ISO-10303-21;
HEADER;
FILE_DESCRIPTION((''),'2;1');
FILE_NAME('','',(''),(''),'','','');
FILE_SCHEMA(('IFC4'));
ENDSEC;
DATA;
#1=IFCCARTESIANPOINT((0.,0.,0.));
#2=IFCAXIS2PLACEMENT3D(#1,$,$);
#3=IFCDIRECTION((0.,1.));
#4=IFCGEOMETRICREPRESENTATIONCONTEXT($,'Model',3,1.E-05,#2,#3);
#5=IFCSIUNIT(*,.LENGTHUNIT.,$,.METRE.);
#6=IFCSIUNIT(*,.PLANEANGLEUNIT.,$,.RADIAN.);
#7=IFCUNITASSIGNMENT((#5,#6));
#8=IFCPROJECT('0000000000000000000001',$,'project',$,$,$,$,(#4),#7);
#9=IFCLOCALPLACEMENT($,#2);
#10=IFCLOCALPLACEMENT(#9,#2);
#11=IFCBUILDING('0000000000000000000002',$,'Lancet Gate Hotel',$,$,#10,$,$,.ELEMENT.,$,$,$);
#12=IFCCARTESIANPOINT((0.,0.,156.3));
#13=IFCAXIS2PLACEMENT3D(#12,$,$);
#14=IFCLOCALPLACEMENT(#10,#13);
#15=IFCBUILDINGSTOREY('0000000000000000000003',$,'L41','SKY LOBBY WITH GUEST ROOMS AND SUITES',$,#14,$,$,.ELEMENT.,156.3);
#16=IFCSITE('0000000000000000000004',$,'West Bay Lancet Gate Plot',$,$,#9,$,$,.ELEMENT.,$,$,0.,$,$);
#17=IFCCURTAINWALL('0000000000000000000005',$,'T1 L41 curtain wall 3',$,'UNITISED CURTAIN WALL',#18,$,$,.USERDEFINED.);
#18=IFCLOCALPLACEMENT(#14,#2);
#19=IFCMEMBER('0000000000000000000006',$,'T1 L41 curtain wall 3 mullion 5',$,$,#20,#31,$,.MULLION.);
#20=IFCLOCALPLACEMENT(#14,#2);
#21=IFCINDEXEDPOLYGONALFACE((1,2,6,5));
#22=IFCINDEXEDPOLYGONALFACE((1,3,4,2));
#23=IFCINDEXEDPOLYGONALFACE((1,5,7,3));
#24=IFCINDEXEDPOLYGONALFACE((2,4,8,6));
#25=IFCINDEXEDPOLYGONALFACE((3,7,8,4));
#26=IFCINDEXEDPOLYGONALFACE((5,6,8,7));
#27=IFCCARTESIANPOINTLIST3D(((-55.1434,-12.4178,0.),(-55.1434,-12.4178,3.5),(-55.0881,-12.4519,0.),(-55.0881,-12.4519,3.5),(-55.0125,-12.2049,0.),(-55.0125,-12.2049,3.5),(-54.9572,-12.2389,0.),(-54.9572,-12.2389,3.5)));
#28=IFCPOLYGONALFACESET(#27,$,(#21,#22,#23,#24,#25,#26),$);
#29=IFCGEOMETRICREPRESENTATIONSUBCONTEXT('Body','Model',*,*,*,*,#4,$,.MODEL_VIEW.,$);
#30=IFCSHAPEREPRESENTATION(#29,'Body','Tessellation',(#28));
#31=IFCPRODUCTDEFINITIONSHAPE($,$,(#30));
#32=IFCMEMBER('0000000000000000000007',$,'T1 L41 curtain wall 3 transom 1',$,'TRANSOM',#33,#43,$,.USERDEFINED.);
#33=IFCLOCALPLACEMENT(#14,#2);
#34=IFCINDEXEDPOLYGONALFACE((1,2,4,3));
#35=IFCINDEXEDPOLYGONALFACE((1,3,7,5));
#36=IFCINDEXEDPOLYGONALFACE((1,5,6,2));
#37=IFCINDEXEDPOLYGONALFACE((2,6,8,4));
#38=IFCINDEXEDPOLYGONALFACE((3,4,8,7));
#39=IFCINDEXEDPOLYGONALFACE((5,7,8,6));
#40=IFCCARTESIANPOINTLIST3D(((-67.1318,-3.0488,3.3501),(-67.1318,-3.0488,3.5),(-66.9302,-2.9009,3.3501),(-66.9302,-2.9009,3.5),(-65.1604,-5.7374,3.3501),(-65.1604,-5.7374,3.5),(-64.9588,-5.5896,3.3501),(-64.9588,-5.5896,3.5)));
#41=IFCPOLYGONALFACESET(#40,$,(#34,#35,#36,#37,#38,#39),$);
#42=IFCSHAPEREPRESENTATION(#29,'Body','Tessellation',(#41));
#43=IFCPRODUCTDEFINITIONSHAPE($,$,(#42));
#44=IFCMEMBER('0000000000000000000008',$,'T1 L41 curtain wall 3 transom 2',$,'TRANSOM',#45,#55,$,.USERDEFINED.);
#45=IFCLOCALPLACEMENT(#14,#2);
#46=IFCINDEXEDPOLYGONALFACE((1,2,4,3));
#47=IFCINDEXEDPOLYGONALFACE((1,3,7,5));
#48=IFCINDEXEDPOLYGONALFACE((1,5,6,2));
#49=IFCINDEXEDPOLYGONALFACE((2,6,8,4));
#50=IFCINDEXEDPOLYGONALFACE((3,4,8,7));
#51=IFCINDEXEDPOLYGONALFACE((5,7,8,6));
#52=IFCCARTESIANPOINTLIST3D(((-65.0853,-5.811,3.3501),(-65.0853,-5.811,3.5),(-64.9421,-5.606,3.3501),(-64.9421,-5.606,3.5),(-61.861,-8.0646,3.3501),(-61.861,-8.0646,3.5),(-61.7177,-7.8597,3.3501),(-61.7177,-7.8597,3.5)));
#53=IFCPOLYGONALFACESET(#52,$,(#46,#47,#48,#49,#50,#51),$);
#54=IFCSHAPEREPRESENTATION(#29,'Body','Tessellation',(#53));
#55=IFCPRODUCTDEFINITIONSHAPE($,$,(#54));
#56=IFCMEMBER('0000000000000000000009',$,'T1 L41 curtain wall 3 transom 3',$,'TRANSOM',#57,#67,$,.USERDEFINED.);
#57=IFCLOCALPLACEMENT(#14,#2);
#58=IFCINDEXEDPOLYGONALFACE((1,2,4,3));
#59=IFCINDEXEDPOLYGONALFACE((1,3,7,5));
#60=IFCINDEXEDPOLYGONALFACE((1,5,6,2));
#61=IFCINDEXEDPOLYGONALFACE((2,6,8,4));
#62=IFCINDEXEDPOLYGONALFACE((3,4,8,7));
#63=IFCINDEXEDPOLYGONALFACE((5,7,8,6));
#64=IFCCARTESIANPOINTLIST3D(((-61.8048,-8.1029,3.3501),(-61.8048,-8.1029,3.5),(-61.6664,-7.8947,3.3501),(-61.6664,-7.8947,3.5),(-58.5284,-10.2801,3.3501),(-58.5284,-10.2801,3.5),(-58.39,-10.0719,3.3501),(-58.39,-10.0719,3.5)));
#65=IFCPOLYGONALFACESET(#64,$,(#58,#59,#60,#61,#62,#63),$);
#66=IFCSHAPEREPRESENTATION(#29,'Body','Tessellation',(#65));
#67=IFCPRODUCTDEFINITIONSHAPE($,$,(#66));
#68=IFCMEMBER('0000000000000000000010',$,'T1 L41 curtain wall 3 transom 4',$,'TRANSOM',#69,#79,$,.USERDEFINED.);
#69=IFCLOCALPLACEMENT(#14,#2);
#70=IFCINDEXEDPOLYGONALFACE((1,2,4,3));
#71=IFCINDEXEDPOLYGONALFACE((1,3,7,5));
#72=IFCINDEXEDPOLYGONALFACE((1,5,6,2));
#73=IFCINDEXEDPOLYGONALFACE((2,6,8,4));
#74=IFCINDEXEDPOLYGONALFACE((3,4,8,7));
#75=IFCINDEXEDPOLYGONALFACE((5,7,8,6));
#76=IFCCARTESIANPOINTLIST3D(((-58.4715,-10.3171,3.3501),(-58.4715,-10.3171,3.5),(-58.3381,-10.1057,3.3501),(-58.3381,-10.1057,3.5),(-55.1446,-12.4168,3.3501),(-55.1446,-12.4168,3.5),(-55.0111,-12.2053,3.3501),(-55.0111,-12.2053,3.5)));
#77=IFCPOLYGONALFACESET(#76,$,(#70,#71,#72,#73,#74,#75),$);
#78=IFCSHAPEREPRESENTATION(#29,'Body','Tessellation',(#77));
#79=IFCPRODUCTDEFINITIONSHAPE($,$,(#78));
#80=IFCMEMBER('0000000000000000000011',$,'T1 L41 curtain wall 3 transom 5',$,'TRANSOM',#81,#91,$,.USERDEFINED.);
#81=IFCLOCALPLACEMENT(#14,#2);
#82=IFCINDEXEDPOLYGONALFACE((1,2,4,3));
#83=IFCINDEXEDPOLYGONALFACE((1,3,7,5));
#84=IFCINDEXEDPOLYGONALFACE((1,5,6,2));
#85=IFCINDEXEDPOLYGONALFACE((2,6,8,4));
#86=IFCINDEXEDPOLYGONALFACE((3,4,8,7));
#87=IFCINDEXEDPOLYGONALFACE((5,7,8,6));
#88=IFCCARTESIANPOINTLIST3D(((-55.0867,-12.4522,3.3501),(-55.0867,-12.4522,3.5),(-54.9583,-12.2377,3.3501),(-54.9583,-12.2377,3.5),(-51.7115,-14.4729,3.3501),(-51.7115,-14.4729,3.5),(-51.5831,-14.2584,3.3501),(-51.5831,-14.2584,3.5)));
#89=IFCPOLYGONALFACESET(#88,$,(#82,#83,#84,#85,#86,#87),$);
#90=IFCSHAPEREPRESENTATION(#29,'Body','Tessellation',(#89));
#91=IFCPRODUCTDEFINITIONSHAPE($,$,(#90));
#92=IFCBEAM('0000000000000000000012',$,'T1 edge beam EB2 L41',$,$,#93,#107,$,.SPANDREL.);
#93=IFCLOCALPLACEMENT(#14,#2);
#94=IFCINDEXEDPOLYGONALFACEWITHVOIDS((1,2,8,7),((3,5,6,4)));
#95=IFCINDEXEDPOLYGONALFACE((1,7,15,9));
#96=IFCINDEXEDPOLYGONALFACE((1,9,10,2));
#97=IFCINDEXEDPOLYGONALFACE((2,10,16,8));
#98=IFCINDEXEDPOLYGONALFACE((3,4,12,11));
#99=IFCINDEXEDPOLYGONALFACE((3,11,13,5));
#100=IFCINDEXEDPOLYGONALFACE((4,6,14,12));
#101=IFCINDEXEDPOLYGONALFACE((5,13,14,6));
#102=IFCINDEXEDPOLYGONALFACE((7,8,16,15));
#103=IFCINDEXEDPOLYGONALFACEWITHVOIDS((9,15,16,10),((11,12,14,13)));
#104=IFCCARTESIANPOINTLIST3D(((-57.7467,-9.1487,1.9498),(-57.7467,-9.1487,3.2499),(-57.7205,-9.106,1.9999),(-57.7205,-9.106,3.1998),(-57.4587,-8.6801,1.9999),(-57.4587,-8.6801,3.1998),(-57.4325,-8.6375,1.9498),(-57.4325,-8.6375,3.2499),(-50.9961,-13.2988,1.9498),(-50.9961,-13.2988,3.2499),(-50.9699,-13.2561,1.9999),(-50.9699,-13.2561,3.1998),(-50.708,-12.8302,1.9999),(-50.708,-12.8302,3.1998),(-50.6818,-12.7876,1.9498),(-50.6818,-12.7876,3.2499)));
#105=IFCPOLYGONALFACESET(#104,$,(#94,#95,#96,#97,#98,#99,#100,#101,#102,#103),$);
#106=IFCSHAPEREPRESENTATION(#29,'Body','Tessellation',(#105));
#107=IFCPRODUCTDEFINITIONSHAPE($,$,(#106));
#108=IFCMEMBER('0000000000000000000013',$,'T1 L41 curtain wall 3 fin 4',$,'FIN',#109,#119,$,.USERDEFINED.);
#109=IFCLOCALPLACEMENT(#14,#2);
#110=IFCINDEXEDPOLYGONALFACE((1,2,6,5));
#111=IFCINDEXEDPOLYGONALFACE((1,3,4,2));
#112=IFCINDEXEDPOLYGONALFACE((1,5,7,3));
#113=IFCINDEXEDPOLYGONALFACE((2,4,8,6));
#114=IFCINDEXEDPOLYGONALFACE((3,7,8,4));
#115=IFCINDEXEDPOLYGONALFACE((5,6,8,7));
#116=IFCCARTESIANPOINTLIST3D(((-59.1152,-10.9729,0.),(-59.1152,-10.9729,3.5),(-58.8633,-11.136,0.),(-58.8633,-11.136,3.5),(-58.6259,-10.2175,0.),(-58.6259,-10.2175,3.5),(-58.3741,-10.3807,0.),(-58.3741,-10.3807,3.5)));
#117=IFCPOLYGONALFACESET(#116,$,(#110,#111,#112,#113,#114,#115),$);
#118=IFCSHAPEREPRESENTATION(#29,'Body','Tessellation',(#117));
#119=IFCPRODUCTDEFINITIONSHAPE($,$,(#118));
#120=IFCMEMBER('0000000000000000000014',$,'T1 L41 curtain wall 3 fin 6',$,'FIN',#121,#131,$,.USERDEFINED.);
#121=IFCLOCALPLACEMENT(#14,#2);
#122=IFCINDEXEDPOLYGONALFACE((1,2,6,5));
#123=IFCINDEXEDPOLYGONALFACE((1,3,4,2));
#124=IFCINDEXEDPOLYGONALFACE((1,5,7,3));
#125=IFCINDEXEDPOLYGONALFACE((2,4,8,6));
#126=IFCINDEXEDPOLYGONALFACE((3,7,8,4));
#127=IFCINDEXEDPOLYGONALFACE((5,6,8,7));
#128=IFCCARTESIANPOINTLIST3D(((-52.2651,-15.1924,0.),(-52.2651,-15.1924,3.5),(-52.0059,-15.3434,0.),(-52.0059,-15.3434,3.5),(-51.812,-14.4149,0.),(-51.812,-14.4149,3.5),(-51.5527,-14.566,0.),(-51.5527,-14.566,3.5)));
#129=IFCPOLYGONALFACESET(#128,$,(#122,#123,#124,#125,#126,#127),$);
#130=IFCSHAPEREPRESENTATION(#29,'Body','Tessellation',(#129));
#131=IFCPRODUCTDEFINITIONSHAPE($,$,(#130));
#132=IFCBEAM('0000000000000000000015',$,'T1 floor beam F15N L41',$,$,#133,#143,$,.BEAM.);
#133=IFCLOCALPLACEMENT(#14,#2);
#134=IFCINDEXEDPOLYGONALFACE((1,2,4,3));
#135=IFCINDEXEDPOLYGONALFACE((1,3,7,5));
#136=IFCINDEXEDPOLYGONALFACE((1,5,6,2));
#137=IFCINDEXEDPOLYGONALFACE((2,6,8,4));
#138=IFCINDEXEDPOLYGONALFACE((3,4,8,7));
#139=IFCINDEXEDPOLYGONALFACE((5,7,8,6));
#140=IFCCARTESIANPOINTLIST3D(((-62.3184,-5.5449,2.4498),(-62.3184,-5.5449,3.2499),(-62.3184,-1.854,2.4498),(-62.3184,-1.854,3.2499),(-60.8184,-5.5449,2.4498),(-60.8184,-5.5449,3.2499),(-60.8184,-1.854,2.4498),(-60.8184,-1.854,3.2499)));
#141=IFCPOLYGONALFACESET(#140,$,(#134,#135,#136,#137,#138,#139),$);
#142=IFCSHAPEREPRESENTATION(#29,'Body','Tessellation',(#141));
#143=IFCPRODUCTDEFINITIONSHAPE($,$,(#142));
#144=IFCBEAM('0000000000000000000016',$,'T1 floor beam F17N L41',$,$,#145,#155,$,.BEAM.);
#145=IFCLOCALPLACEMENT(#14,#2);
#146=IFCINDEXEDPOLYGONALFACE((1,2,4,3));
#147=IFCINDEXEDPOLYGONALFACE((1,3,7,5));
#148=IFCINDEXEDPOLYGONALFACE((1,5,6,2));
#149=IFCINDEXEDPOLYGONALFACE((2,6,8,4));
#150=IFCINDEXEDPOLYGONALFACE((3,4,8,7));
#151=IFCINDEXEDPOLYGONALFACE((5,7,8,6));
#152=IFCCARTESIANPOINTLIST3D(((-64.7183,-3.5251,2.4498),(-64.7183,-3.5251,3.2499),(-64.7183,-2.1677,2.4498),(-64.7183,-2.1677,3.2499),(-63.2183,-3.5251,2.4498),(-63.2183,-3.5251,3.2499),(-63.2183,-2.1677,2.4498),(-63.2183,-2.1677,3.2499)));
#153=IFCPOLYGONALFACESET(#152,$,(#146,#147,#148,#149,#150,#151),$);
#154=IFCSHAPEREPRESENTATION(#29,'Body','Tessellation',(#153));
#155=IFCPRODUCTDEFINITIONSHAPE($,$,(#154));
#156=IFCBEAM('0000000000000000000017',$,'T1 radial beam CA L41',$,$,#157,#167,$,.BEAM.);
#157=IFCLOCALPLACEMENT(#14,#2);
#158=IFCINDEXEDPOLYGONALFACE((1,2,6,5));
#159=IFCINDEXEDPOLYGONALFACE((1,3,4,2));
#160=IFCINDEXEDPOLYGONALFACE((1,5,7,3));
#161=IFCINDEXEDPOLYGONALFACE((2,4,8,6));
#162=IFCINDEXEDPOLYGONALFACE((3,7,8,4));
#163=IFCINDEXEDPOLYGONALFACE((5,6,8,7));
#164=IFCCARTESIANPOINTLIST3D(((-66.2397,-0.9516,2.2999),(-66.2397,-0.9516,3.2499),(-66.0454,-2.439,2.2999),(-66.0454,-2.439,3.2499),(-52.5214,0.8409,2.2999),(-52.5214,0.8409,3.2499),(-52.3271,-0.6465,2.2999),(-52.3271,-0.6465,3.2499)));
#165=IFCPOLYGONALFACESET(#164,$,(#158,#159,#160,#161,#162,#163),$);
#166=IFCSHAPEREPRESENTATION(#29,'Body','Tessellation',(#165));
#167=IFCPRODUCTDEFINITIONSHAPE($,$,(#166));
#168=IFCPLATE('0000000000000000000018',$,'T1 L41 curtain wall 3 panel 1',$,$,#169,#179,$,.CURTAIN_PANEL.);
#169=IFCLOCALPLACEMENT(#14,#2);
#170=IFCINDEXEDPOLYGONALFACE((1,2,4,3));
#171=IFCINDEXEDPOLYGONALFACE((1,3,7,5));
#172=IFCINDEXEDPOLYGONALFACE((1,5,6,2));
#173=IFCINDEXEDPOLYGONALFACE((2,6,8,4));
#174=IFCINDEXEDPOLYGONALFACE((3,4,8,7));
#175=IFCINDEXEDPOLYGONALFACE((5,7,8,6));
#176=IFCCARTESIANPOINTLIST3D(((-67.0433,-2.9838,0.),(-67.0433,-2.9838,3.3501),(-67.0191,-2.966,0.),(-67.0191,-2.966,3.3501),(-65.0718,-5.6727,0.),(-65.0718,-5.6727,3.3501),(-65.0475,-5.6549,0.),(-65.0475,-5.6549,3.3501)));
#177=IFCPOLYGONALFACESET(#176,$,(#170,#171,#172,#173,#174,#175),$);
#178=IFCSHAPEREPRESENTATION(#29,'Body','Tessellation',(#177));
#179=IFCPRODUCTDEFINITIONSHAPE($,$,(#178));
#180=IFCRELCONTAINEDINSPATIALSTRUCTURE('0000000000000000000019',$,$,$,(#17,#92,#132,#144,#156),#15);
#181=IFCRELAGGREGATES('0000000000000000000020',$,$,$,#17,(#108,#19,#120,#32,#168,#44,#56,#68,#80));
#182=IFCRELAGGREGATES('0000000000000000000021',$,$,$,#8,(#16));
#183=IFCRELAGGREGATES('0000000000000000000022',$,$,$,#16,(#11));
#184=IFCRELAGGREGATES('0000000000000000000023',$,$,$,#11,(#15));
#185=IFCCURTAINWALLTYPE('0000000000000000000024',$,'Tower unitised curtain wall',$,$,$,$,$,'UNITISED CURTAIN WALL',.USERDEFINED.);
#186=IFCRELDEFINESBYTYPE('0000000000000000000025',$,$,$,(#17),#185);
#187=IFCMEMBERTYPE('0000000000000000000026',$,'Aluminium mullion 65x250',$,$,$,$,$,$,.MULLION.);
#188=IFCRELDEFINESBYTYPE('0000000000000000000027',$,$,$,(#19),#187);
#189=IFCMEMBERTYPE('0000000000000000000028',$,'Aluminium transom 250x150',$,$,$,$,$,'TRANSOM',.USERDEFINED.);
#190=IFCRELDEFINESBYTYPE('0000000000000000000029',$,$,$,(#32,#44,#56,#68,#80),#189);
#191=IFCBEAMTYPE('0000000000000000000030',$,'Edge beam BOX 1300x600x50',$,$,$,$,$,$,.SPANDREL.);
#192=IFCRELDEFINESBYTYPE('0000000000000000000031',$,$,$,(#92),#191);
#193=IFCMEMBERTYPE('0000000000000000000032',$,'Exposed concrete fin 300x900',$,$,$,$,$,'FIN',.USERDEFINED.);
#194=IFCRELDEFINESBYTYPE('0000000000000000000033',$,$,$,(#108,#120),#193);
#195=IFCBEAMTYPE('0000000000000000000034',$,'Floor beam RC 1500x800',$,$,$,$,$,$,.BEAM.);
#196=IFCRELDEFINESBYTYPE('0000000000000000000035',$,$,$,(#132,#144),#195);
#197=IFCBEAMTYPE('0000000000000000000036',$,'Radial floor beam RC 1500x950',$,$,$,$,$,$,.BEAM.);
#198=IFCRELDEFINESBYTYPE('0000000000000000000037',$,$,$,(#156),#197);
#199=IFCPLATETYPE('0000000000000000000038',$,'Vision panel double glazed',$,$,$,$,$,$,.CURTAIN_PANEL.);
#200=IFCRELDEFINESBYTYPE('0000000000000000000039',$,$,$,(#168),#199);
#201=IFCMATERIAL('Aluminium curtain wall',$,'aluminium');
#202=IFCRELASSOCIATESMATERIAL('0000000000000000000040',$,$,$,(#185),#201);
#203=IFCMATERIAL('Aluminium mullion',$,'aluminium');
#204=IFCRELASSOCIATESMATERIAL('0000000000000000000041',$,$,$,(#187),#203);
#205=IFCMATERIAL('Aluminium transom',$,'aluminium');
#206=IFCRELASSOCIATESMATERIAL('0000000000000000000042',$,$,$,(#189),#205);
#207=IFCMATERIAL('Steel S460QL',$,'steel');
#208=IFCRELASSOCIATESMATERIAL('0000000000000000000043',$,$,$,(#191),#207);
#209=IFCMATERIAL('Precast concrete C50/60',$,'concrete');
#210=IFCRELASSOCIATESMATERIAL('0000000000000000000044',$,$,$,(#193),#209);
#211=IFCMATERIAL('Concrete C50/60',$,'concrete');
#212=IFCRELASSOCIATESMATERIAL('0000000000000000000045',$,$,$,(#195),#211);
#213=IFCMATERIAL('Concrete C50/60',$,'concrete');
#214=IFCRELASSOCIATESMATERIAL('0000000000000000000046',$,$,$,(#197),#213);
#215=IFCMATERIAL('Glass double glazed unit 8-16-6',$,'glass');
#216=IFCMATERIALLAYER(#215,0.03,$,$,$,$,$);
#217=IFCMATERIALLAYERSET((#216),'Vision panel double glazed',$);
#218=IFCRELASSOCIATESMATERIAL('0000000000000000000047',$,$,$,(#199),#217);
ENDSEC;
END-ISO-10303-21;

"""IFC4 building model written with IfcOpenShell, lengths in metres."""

from ifc_helpers import new_model, si_unit, direction, frame, origin, origin_2d, place, context, subcontext, project, spatial, rectangle, hollow_rectangle, extrude, material, layer, layer_set, material_profile, profile_set, type_object, element, aggregate, save


model = new_model("IFC4")

# Units and contexts
model_context = context("Model", 3, precision=1e-05, world=origin(), true_north=direction((0.0, 1.0)))
body_context = subcontext(model_context, "Body", "Model", "MODEL_VIEW")
ifc_project = project(units=[si_unit("LENGTHUNIT", "METRE"), si_unit("PLANEANGLEUNIT", "RADIAN")], contexts=[model_context])

# Site, building, storey
site_placement = place(None, origin())
site = spatial("IfcSite", under=ifc_project, at=site_placement, Name="West Bay Lancet Gate Plot", CompositionType="ELEMENT", RefElevation=0.0)
building_placement = place(site_placement, origin())
building = spatial("IfcBuilding", under=site, at=building_placement, Name="Lancet Gate Hotel", CompositionType="ELEMENT")
storey_placement = place(building_placement, frame((0.0, 0.0, 156.3)))
storey = spatial("IfcBuildingStorey", under=building, at=storey_placement, Name="L41", Description="SKY LOBBY WITH GUEST ROOMS AND SUITES", CompositionType="ELEMENT", Elevation=156.3)

# Curtain wall, members
ifc_material_1 = material(Name="Aluminium curtain wall", Category="aluminium")
curtain_wall_type = type_object("IfcCurtainWallType", Name="Tower unitised curtain wall", ElementType="UNITISED CURTAIN WALL", PredefinedType="USERDEFINED", material=ifc_material_1)
curtain_wall_placement = place(storey_placement, origin())
curtain_wall = element("IfcCurtainWall", 1, at=curtain_wall_placement, inside=storey, type_object=curtain_wall_type, Name="T1 L41 curtain wall 3", ObjectType="UNITISED CURTAIN WALL", PredefinedType="USERDEFINED")
ifc_material_2 = material(Name="Aluminium mullion", Category="aluminium")
ifc_material_profile_1 = material_profile(ifc_material_2, rectangle(XDim=0.0649, YDim=0.25, at=origin_2d()), Name="MULLION 65x250")
ifc_profile_set_1 = profile_set([ifc_material_profile_1], Name="Aluminium mullion")
member_type_1 = type_object("IfcMemberType", Name="Aluminium mullion 65x250", PredefinedType="MULLION", material=ifc_profile_set_1)
member_1_placement = place(storey_placement, frame((-55.0503, -12.3284, 0.0), z_axis=(0.0, 0.0, 1.0), x_axis=(0.851886, -0.523728, 0.0)))
member_1 = element("IfcMember", 2, at=member_1_placement, type_object=member_type_1, Name="T1 L41 curtain wall 3 mullion 5", PredefinedType="MULLION", context=body_context, shape_type="SweptSolid", body=[
    extrude(rectangle(XDim=0.0649, YDim=0.25, at=origin_2d()), origin(), (0.0, 0.0, 1.0), 3.5),
])
ifc_material_3 = material(Name="Aluminium transom", Category="aluminium")
ifc_material_profile_2 = material_profile(ifc_material_3, rectangle(XDim=0.25, YDim=0.1499, at=origin_2d()), Name="TRANSOM 250x150")
ifc_profile_set_2 = profile_set([ifc_material_profile_2], Name="Aluminium transom")
member_type_2 = type_object("IfcMemberType", Name="Aluminium transom 250x150", ElementType="TRANSOM", PredefinedType="USERDEFINED", material=ifc_profile_set_2)
member_2_placement = place(storey_placement, frame((-67.031, -2.9749, 3.425), z_axis=(0.591307, -0.806447, 0.0), x_axis=(0.806447, 0.591307, 0.0)))
member_2 = element("IfcMember", 3, at=member_2_placement, type_object=member_type_2, Name="T1 L41 curtain wall 3 transom 1", ObjectType="TRANSOM", PredefinedType="USERDEFINED", context=body_context, shape_type="SweptSolid", body=[
    extrude(rectangle(XDim=0.25, YDim=0.1499, at=origin_2d()), origin(), (0.0, 0.0, 1.0), 3.334),
])
member_3_placement = place(storey_placement, frame((-65.0137, -5.7085, 3.425), z_axis=(0.819637, -0.572883, 0.0), x_axis=(0.572883, 0.819637, 0.0)))
member_3 = element("IfcMember", 4, at=member_3_placement, type_object=member_type_2, Name="T1 L41 curtain wall 3 transom 2", ObjectType="TRANSOM", PredefinedType="USERDEFINED", context=body_context, shape_type="SweptSolid", body=[
    extrude(rectangle(XDim=0.25, YDim=0.1499, at=origin_2d()), origin(), (0.0, 0.0, 1.0), 3.9338),
])
member_4_placement = place(storey_placement, frame((-61.7356, -7.9988, 3.425), z_axis=(0.832871, -0.553468, 0.0), x_axis=(0.553468, 0.832871, 0.0)))
member_4 = element("IfcMember", 5, at=member_4_placement, type_object=member_type_2, Name="T1 L41 curtain wall 3 transom 3", ObjectType="TRANSOM", PredefinedType="USERDEFINED", context=body_context, shape_type="SweptSolid", body=[
    extrude(rectangle(XDim=0.25, YDim=0.1499, at=origin_2d()), origin(), (0.0, 0.0, 1.0), 3.9338),
])
member_5_placement = place(storey_placement, frame((-58.4048, -10.2114, 3.425), z_axis=(0.845672, -0.533703, 0.0), x_axis=(0.533703, 0.845672, 0.0)))
member_5 = element("IfcMember", 6, at=member_5_placement, type_object=member_type_2, Name="T1 L41 curtain wall 3 transom 4", ObjectType="TRANSOM", PredefinedType="USERDEFINED", context=body_context, shape_type="SweptSolid", body=[
    extrude(rectangle(XDim=0.25, YDim=0.1499, at=origin_2d()), origin(), (0.0, 0.0, 1.0), 3.9341),
])
member_6_placement = place(storey_placement, frame((-55.0225, -12.345, 3.425), z_axis=(0.857985, -0.513674, 0.0), x_axis=(0.513674, 0.857985, 0.0)))
member_6 = element("IfcMember", 7, at=member_6_placement, type_object=member_type_2, Name="T1 L41 curtain wall 3 transom 5", ObjectType="TRANSOM", PredefinedType="USERDEFINED", context=body_context, shape_type="SweptSolid", body=[
    extrude(rectangle(XDim=0.25, YDim=0.1499, at=origin_2d()), origin(), (0.0, 0.0, 1.0), 3.9338),
])

# Beam
ifc_material_4 = material(Name="Steel S460QL", Category="steel")
ifc_material_profile_3 = material_profile(ifc_material_4, hollow_rectangle(XDim=0.6001, YDim=1.3, WallThickness=0.05, at=origin_2d()), Name="BOX 1300x600x50")
ifc_profile_set_3 = profile_set([ifc_material_profile_3], Name="Steel S460QL")
beam_type_1 = type_object("IfcBeamType", Name="Edge beam BOX 1300x600x50", PredefinedType="SPANDREL", material=ifc_profile_set_3)
beam_1_placement = place(storey_placement, frame((-57.5896, -8.8931, 2.5999), z_axis=(0.851892, -0.523717, 0.0), x_axis=(0.523717, 0.851892, 0.0)))
element("IfcBeam", 8, at=beam_1_placement, inside=storey, type_object=beam_type_1, Name="T1 edge beam EB2 L41", PredefinedType="SPANDREL", context=body_context, shape_type="SweptSolid", body=[
    extrude(hollow_rectangle(XDim=0.6001, YDim=1.3, WallThickness=0.05, at=origin_2d()), origin(), (0.0, 0.0, 1.0), 7.9243),
])

# Members
ifc_material_5 = material(Name="Precast concrete C50/60", Category="concrete")
ifc_material_profile_4 = material_profile(ifc_material_5, rectangle(XDim=0.3, YDim=0.8999, at=origin_2d()), Name="FIN 300x900")
ifc_profile_set_4 = profile_set([ifc_material_profile_4], Name="Precast concrete C50/60")
member_type_3 = type_object("IfcMemberType", Name="Exposed concrete fin 300x900", ElementType="FIN", PredefinedType="USERDEFINED", material=ifc_profile_set_4)
member_7_placement = place(storey_placement, frame((-58.7446, -10.6768, 0.0), z_axis=(0.0, 0.0, 1.0), x_axis=(0.839331, -0.543621, 0.0)))
member_7 = element("IfcMember", 9, at=member_7_placement, type_object=member_type_3, Name="T1 L41 curtain wall 3 fin 4", ObjectType="FIN", PredefinedType="USERDEFINED", context=body_context, shape_type="SweptSolid", body=[
    extrude(rectangle(XDim=0.3, YDim=0.8999, at=origin_2d()), origin(), (0.0, 0.0, 1.0), 3.5),
])
member_8_placement = place(storey_placement, frame((-51.9089, -14.8792, 0.0), z_axis=(0.0, 0.0, 1.0), x_axis=(0.863969, -0.503545, 0.0)))
member_8 = element("IfcMember", 10, at=member_8_placement, type_object=member_type_3, Name="T1 L41 curtain wall 3 fin 6", ObjectType="FIN", PredefinedType="USERDEFINED", context=body_context, shape_type="SweptSolid", body=[
    extrude(rectangle(XDim=0.3, YDim=0.8999, at=origin_2d()), origin(), (0.0, 0.0, 1.0), 3.5),
])

# Beams
ifc_material_6 = material(Name="Concrete C50/60", Category="concrete")
ifc_material_profile_5 = material_profile(ifc_material_6, rectangle(XDim=1.5, YDim=0.8, at=origin_2d()), Name="RC 1500x800")
ifc_profile_set_5 = profile_set([ifc_material_profile_5], Name="Concrete C50/60")
beam_type_2 = type_object("IfcBeamType", Name="Floor beam RC 1500x800", PredefinedType="BEAM", material=ifc_profile_set_5)
beam_2_placement = place(storey_placement, frame((-61.5684, -1.854, 2.8499), z_axis=(0.0, -1.0, 0.0), x_axis=(1.0, 0.0, 0.0)))
element("IfcBeam", 11, at=beam_2_placement, inside=storey, type_object=beam_type_2, Name="T1 floor beam F15N L41", PredefinedType="BEAM", context=body_context, shape_type="SweptSolid", body=[
    extrude(rectangle(XDim=1.5, YDim=0.8, at=origin_2d()), origin(), (0.0, 0.0, 1.0), 3.6909),
])
beam_3_placement = place(storey_placement, frame((-63.9683, -2.1677, 2.8499), z_axis=(0.0, -1.0, 0.0), x_axis=(1.0, 0.0, 0.0)))
element("IfcBeam", 12, at=beam_3_placement, inside=storey, type_object=beam_type_2, Name="T1 floor beam F17N L41", PredefinedType="BEAM", context=body_context, shape_type="SweptSolid", body=[
    extrude(rectangle(XDim=1.5, YDim=0.8, at=origin_2d()), origin(), (0.0, 0.0, 1.0), 1.3574),
])
ifc_material_7 = material(Name="Concrete C50/60", Category="concrete")
ifc_material_profile_6 = material_profile(ifc_material_7, rectangle(XDim=1.5, YDim=0.95, at=origin_2d()), Name="RC 1500x950")
ifc_profile_set_6 = profile_set([ifc_material_profile_6], Name="Concrete C50/60")
beam_type_3 = type_object("IfcBeamType", Name="Radial floor beam RC 1500x950", PredefinedType="BEAM", material=ifc_profile_set_6)
beam_4_placement = place(storey_placement, frame((-66.1426, -1.6953, 2.7749), z_axis=(0.991571, 0.129562, 0.0), x_axis=(-0.129562, 0.991571, 0.0)))
element("IfcBeam", 13, at=beam_4_placement, inside=storey, type_object=beam_type_3, Name="T1 radial beam CA L41", PredefinedType="BEAM", context=body_context, shape_type="SweptSolid", body=[
    extrude(rectangle(XDim=1.5, YDim=0.95, at=origin_2d()), origin(), (0.0, 0.0, 1.0), 13.835),
])

# Plate
ifc_material_8 = material(Name="Glass double glazed unit 8-16-6", Category="glass")
ifc_layer_1 = layer(ifc_material_8, 0.03)
ifc_layer_set_1 = layer_set([ifc_layer_1], Name="Vision panel double glazed")
plate_type = type_object("IfcPlateType", Name="Vision panel double glazed", PredefinedType="CURTAIN_PANEL", material=ifc_layer_set_1)
plate_1_placement = place(storey_placement, frame((-66.0454, -4.3193, 0.0), z_axis=(0.0, 0.0, 1.0), x_axis=(0.5913, -0.806452, 0.0)))
plate_1 = element("IfcPlate", 14, at=plate_1_placement, type_object=plate_type, Name="T1 L41 curtain wall 3 panel 1", PredefinedType="CURTAIN_PANEL", context=body_context, shape_type="SweptSolid", body=[
    extrude(rectangle(XDim=3.3342, YDim=0.03, at=origin_2d()), origin(), (0.0, 0.0, 1.0), 3.3501),
])
aggregate(curtain_wall, [member_7, member_1, member_8, member_2, plate_1, member_3, member_4, member_5, member_6])

save(model, "model.ifc")
